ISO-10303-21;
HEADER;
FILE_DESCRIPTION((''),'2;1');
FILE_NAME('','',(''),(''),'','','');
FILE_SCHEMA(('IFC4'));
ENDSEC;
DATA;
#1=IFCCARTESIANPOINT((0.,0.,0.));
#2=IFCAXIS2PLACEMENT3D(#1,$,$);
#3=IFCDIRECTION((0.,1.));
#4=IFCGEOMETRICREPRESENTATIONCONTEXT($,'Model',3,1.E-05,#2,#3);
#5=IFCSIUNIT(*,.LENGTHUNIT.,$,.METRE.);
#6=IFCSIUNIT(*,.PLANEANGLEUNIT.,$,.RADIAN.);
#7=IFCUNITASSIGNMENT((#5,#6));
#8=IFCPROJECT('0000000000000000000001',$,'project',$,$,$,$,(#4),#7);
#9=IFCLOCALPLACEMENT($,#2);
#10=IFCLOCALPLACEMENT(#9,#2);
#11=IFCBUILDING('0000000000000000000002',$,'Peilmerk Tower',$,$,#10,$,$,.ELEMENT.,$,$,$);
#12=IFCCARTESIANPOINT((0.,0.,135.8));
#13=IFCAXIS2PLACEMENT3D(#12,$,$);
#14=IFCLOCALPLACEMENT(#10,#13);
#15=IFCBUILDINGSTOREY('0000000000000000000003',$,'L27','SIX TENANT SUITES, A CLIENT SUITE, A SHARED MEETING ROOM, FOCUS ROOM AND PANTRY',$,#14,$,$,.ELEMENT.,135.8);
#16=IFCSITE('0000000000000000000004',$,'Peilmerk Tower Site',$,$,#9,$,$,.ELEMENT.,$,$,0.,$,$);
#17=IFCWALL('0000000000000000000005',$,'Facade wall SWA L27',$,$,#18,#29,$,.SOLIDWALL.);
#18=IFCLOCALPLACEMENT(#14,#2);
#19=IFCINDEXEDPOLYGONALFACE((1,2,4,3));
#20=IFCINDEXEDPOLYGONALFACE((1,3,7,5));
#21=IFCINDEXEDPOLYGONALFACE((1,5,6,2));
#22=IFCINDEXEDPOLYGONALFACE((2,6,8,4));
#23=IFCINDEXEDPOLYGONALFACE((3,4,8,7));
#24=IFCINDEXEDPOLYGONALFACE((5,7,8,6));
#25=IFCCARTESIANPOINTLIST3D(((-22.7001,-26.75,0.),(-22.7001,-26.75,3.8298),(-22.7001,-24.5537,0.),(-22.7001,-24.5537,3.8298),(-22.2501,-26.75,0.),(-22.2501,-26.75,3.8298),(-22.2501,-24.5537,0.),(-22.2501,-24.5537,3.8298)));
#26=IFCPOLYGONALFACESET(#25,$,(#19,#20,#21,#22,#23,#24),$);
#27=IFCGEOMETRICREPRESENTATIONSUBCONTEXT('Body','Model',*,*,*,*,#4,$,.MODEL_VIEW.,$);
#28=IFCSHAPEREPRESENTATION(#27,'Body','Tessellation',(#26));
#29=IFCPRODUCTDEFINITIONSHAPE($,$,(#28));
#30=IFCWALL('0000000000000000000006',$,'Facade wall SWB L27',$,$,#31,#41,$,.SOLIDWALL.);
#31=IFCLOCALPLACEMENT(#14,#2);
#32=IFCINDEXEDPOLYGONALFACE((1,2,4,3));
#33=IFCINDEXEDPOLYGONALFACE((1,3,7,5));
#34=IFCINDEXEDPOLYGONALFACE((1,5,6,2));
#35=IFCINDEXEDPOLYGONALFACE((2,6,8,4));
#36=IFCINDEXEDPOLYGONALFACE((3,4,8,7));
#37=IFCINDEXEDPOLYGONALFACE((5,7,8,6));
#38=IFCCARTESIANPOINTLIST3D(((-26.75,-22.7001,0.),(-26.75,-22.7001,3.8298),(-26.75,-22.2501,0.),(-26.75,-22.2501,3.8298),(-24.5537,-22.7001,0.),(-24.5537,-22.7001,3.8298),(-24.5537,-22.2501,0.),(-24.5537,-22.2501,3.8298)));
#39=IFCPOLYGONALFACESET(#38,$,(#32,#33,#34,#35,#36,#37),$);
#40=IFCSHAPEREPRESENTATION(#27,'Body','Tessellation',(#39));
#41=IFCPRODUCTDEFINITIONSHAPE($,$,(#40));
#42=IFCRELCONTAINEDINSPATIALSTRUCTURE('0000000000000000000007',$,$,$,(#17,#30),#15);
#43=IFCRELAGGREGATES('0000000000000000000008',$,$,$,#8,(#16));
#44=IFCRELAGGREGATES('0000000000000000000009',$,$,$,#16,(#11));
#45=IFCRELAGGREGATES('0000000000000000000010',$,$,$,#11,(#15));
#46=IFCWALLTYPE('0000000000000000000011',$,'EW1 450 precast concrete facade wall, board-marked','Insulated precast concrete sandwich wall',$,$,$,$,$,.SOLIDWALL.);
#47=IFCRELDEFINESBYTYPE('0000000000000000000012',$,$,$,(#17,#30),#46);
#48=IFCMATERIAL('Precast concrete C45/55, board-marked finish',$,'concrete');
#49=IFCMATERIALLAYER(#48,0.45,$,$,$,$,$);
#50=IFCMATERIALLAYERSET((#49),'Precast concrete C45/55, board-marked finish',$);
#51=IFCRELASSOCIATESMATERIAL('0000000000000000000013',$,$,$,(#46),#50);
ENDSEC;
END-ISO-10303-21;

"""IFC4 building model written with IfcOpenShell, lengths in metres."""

from ifc_helpers import new_model, si_unit, direction, frame, frame_2d, origin, place, context, subcontext, project, spatial, rectangle, extrude, material, layer, layer_set, type_object, element, save


model = new_model("IFC4")

# Units and contexts
model_context = context("Model", 3, precision=1e-05, world=origin(), true_north=direction((0.0, 1.0)))
body_context = subcontext(model_context, "Body", "Model", "MODEL_VIEW")
ifc_project = project(units=[si_unit("LENGTHUNIT", "METRE"), si_unit("PLANEANGLEUNIT", "RADIAN")], contexts=[model_context])

# Site, building, storey
site_placement = place(None, origin())
site = spatial("IfcSite", under=ifc_project, at=site_placement, Name="Peilmerk Tower Site", CompositionType="ELEMENT", RefElevation=0.0)
building_placement = place(site_placement, origin())
building = spatial("IfcBuilding", under=site, at=building_placement, Name="Peilmerk Tower", CompositionType="ELEMENT")
storey_placement = place(building_placement, frame((0.0, 0.0, 135.8)))
storey = spatial("IfcBuildingStorey", under=building, at=storey_placement, Name="L27", Description="SIX TENANT SUITES, A CLIENT SUITE, A SHARED MEETING ROOM, FOCUS ROOM AND PANTRY", CompositionType="ELEMENT", Elevation=135.8)

# Shared definitions
ifc_material_1 = material(Name="Precast concrete C45/55, board-marked finish", Category="concrete")
ifc_layer_1 = layer(ifc_material_1, 0.45)
ifc_layer_set_1 = layer_set([ifc_layer_1], Name="Precast concrete C45/55, board-marked finish")
wall_type = type_object("IfcWallType", Name="EW1 450 precast concrete facade wall, board-marked", Description="Insulated precast concrete sandwich wall", PredefinedType="SOLIDWALL", material=ifc_layer_set_1)

# Walls
for number, where, z_axis, x_axis, name in (
    (1, (-22.4751, -24.5537, 0.0), (0.0, 0.0, 1.0), (0.0, -1.0, 0.0), "Facade wall SWA L27"),
    (2, (-24.5537, -22.4751, 0.0), (0.0, 0.0, 1.0), (-1.0, 0.0, 0.0), "Facade wall SWB L27"),
):
    element("IfcWall", number, at=place(storey_placement, frame(where, z_axis=z_axis, x_axis=x_axis)), inside=storey, type_object=wall_type, Name=name, PredefinedType="SOLIDWALL", context=body_context, shape_type="SweptSolid", body=[
        extrude(rectangle(XDim=2.1963, YDim=0.45, at=frame_2d((1.0981, 0.0))), origin(), (0.0, 0.0, 1.0), 3.8298),
    ])

save(model, "model.ifc")
